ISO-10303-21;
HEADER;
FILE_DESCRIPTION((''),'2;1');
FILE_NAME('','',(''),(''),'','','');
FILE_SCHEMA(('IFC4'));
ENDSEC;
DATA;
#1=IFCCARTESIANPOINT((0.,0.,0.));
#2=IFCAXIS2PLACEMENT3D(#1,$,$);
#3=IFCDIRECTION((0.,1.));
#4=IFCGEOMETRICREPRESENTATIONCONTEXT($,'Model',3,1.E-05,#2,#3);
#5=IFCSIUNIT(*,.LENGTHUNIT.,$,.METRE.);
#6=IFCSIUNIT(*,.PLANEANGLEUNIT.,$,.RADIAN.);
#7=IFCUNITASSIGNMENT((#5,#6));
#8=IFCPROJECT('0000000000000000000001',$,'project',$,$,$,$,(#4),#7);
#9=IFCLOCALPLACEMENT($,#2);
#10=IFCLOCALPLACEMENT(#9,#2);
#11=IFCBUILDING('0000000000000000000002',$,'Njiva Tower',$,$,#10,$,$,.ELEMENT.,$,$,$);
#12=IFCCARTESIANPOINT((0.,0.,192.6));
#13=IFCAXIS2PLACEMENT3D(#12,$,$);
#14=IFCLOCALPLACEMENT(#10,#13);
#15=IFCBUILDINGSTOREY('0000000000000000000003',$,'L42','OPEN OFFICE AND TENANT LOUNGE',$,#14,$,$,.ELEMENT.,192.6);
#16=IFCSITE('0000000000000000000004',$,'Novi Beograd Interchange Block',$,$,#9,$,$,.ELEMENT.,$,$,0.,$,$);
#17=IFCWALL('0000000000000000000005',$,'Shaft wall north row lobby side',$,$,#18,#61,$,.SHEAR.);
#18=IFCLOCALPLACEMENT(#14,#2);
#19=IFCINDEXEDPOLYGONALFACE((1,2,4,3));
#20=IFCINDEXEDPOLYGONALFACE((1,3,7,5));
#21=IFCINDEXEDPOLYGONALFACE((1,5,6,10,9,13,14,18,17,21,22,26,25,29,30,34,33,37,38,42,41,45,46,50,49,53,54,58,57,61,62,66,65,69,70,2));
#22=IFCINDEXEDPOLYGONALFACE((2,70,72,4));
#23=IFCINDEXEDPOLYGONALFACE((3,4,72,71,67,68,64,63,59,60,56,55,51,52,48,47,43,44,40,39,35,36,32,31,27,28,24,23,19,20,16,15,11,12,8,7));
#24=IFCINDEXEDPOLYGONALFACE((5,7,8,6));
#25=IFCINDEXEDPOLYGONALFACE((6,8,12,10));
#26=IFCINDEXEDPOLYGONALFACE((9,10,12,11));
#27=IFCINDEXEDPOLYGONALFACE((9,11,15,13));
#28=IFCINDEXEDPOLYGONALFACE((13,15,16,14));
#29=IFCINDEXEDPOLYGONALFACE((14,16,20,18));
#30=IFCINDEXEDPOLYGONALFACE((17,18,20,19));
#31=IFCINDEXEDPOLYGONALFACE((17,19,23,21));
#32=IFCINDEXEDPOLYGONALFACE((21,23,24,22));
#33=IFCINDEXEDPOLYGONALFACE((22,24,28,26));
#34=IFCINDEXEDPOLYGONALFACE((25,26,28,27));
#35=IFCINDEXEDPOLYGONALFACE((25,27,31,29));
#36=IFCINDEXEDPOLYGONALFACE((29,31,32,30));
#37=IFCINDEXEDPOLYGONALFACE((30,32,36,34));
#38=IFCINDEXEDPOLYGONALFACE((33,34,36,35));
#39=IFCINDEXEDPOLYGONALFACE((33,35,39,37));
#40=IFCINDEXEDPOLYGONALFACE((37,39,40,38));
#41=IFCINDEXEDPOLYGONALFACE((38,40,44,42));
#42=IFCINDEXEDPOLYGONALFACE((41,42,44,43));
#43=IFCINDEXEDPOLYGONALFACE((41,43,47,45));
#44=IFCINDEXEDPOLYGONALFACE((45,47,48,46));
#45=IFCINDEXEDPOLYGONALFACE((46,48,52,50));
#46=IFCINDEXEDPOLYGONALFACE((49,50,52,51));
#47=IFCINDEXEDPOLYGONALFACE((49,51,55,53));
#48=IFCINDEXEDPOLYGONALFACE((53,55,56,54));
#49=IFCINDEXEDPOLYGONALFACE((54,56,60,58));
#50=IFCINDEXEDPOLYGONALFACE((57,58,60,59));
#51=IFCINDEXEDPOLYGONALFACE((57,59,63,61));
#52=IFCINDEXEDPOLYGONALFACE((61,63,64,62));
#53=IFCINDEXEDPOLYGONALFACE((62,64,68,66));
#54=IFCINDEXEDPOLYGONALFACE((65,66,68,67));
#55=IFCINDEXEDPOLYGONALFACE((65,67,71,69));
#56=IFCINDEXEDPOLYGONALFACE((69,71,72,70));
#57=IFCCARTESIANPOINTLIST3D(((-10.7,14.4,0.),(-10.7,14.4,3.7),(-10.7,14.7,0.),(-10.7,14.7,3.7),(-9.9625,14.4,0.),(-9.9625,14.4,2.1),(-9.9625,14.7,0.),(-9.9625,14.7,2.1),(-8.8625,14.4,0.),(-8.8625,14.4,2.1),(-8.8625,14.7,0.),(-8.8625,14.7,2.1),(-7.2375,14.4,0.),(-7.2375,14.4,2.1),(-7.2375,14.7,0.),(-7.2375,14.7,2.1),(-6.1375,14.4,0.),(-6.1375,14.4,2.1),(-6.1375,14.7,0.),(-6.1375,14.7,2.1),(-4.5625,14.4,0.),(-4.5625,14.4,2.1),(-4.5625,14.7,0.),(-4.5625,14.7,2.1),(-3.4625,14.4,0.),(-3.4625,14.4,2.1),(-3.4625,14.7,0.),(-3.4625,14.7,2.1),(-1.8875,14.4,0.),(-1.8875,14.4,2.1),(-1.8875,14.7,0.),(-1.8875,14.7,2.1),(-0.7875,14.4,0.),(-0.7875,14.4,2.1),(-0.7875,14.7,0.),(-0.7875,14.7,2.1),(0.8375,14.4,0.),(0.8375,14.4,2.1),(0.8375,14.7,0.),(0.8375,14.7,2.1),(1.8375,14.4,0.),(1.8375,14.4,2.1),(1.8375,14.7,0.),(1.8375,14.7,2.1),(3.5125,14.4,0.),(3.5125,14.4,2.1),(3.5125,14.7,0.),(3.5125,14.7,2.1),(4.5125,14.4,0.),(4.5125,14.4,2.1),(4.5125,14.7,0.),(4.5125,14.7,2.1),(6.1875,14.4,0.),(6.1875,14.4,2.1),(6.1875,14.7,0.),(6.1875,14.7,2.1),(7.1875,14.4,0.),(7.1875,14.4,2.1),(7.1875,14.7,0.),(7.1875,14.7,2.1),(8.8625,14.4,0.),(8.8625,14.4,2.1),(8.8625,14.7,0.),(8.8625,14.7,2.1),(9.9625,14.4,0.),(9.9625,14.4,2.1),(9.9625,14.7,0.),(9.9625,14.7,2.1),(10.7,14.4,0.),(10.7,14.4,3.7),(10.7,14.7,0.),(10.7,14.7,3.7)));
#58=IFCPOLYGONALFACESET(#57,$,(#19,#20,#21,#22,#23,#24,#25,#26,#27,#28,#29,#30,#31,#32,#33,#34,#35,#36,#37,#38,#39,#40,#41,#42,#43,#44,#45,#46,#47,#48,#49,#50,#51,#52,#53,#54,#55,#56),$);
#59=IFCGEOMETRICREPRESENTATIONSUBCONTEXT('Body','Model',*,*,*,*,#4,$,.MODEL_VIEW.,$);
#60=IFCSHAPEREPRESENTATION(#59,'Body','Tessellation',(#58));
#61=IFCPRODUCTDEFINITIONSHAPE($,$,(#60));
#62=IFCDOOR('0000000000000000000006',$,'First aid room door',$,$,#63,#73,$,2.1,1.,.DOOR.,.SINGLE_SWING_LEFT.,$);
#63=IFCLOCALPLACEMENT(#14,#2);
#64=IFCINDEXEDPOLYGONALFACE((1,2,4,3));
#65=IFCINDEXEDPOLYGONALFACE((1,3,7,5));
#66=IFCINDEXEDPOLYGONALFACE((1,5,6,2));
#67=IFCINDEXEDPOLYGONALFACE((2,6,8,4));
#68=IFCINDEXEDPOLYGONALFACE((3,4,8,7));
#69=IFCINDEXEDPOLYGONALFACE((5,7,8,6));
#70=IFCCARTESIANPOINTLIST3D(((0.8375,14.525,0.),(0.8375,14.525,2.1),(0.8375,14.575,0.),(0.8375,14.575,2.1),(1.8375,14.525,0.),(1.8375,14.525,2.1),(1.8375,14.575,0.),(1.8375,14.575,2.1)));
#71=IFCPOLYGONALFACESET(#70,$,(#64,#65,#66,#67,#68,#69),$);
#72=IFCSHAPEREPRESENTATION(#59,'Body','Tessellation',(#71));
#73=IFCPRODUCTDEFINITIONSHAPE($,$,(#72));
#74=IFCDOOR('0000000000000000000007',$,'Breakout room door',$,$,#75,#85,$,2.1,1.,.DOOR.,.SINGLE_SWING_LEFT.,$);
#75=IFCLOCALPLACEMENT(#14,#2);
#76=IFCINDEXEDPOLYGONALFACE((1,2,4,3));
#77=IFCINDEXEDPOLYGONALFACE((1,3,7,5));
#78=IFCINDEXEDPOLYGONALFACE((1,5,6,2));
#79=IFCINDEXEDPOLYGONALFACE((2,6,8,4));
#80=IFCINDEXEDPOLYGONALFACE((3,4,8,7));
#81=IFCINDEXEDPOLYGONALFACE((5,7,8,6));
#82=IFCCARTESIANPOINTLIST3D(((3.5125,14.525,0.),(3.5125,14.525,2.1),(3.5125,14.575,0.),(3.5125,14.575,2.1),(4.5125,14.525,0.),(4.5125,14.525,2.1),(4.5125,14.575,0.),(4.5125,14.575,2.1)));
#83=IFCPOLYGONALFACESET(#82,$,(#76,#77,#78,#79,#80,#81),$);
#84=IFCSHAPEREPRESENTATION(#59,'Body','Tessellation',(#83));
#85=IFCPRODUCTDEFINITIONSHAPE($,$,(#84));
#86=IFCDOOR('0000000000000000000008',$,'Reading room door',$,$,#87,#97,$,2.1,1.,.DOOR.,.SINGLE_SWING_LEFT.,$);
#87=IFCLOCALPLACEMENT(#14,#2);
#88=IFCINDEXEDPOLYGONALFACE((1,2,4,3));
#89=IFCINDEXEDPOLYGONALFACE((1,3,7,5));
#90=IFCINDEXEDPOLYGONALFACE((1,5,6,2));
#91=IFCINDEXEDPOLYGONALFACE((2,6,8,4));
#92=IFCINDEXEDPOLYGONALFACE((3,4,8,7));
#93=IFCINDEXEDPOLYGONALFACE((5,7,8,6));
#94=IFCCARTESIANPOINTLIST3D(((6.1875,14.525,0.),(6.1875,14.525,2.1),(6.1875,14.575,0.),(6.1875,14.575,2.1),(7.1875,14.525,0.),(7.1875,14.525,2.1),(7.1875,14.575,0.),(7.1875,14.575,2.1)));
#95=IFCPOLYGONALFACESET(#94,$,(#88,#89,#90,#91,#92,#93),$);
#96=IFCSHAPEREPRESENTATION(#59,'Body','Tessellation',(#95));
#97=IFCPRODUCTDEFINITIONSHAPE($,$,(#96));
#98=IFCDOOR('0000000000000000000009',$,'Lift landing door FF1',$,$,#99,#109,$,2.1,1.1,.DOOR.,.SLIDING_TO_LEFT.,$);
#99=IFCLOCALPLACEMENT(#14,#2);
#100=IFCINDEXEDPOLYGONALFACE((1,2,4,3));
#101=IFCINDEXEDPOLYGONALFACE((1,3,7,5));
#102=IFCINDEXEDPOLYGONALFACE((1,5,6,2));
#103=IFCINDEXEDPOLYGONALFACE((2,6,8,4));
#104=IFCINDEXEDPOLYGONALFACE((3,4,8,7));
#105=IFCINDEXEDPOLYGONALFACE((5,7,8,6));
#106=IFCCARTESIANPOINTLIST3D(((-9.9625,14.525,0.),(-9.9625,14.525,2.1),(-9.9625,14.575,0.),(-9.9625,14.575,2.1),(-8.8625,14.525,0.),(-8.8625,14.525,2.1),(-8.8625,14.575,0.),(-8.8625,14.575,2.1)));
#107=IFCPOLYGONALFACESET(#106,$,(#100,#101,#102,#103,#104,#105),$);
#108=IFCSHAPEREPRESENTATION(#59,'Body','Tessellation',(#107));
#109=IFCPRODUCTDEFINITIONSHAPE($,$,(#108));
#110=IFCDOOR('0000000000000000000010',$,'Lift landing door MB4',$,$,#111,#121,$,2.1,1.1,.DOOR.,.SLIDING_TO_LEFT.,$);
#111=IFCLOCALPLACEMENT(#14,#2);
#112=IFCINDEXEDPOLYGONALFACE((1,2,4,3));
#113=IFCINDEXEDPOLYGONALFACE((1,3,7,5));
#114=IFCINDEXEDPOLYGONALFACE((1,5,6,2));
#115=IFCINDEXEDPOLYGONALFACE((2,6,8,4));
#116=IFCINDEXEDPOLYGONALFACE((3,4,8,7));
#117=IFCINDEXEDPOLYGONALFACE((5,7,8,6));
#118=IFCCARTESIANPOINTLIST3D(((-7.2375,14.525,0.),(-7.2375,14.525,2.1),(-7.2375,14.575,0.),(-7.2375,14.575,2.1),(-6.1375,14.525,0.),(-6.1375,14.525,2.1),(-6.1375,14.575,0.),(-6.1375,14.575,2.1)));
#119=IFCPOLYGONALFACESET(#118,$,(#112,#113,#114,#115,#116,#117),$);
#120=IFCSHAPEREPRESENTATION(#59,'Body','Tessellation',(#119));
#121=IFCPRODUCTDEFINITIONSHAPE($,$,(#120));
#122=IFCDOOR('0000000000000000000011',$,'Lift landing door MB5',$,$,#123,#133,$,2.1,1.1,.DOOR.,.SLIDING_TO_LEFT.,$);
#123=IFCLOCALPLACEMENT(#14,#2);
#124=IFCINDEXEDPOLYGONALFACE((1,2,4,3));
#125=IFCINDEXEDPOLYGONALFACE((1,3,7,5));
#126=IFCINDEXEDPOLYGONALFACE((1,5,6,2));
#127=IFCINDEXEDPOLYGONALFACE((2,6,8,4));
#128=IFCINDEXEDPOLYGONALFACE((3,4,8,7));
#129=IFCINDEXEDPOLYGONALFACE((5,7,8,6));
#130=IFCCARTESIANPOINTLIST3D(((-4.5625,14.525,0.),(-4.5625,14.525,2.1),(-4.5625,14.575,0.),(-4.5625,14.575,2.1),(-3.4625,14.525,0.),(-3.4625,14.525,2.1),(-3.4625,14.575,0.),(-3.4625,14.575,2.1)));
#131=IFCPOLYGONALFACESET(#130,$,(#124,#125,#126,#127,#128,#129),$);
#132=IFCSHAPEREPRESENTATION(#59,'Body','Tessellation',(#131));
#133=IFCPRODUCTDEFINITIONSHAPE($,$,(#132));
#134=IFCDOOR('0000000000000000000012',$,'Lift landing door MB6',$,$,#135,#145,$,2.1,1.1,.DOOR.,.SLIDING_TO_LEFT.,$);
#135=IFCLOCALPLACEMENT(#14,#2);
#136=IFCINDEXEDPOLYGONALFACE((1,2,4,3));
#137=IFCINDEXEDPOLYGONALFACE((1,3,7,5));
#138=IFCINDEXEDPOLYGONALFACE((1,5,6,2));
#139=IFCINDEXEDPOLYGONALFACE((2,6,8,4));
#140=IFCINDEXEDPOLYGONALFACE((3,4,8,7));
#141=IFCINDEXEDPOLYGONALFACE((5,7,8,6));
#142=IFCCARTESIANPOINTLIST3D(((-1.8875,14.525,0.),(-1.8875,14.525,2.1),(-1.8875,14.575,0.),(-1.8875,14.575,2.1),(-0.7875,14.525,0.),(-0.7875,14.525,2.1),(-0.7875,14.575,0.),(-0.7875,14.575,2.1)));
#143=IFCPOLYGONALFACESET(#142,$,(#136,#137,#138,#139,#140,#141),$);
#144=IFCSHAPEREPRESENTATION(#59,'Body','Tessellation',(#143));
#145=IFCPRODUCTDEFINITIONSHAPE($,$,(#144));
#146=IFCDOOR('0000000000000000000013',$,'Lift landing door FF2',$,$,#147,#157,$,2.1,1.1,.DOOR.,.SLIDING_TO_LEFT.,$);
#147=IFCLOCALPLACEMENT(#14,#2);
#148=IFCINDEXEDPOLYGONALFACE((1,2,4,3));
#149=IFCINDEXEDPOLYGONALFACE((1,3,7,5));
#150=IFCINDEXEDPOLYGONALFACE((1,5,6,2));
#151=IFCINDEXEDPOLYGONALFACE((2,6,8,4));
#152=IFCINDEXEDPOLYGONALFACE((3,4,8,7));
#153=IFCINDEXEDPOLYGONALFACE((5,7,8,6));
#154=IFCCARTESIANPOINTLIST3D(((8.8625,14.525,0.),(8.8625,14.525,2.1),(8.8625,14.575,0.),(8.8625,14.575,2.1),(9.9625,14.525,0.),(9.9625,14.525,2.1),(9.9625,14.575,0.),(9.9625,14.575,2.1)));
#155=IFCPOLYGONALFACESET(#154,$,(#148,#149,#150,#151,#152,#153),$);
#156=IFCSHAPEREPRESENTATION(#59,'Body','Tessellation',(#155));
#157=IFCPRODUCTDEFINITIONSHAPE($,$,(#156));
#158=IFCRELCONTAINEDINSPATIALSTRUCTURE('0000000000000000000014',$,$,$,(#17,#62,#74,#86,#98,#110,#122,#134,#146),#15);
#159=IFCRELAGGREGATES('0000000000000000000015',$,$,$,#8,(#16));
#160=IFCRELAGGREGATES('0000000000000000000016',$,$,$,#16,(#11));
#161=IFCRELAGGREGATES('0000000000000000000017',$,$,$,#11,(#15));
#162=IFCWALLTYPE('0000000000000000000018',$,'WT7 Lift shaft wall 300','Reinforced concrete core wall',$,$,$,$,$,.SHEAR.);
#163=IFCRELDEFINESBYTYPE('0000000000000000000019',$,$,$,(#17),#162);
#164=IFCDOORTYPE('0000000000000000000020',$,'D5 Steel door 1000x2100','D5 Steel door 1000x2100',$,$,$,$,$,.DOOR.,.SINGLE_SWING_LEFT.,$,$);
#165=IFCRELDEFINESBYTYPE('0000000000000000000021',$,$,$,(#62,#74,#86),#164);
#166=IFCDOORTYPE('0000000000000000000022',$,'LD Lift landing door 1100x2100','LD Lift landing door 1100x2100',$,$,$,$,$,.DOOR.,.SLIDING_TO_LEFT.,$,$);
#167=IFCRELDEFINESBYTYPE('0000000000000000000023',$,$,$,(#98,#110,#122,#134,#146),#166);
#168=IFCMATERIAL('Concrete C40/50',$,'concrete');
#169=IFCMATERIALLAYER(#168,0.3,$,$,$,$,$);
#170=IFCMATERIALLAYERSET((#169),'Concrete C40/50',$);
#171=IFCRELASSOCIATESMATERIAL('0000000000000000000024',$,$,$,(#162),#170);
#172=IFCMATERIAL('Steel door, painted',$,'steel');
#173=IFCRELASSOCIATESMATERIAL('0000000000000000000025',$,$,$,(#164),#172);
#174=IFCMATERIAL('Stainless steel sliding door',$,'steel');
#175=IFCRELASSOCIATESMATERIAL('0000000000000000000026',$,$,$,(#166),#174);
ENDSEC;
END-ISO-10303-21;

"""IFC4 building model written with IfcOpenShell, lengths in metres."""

from ifc_helpers import new_model, si_unit, direction, frame, frame_2d, origin, place, context, subcontext, project, spatial, rectangle, extrude, material, layer, layer_set, type_object, element, fill, save


model = new_model("IFC4")

# Units and contexts
model_context = context("Model", 3, precision=1e-05, world=origin(), true_north=direction((0.0, 1.0)))
body_context = subcontext(model_context, "Body", "Model", "MODEL_VIEW")
ifc_project = project(units=[si_unit("LENGTHUNIT", "METRE"), si_unit("PLANEANGLEUNIT", "RADIAN")], contexts=[model_context])

# Site, building, storey
site_placement = place(None, origin())
site = spatial("IfcSite", under=ifc_project, at=site_placement, Name="Novi Beograd Interchange Block", CompositionType="ELEMENT", RefElevation=0.0)
building_placement = place(site_placement, origin())
building = spatial("IfcBuilding", under=site, at=building_placement, Name="Njiva Tower", CompositionType="ELEMENT")
storey_placement = place(building_placement, frame((0.0, 0.0, 192.6)))
storey = spatial("IfcBuildingStorey", under=building, at=storey_placement, Name="L42", Description="OPEN OFFICE AND TENANT LOUNGE", CompositionType="ELEMENT", Elevation=192.6)

# Wall, openings, doors
ifc_material_1 = material(Name="Concrete C40/50", Category="concrete")
ifc_layer_1 = layer(ifc_material_1, 0.3)
ifc_layer_set_1 = layer_set([ifc_layer_1], Name="Concrete C40/50")
wall_type_1 = type_object("IfcWallType", Name="WT7 Lift shaft wall 300", Description="Reinforced concrete core wall", PredefinedType="SHEAR", material=ifc_layer_set_1)
wall_1_placement = place(storey_placement, frame((-10.7, 14.55, 0.0), z_axis=(0.0, 0.0, 1.0), x_axis=(1.0, 0.0, 0.0)))
wall_1 = element("IfcWall", 1, at=wall_1_placement, inside=storey, type_object=wall_type_1, Name="Shaft wall north row lobby side", PredefinedType="SHEAR", context=body_context, shape_type="SweptSolid", body=[
    extrude(rectangle(XDim=21.4, YDim=0.3, at=frame_2d((10.7, 0.0))), origin(), (0.0, 0.0, 1.0), 3.7),
])
opening_1_placement = place(wall_1_placement, frame((0.7375, 0.0, 0.0)))
opening_1 = element("IfcOpeningElement", 2, at=opening_1_placement, cuts=wall_1, PredefinedType="OPENING", context=body_context, shape_type="SweptSolid", body=[
    extrude(rectangle(XDim=1.1, YDim=2.1, at=frame_2d((0.55, 1.05))), frame((0.0, 0.16, 0.0), z_axis=(0.0, -1.0, 0.0), x_axis=(1.0, 0.0, 0.0)), (0.0, 0.0, 1.0), 0.32),
])
opening_2_placement = place(wall_1_placement, frame((3.4625, 0.0, 0.0)))
opening_2 = element("IfcOpeningElement", 3, at=opening_2_placement, cuts=wall_1, PredefinedType="OPENING", context=body_context, shape_type="SweptSolid", body=[
    extrude(rectangle(XDim=1.1, YDim=2.1, at=frame_2d((0.55, 1.05))), frame((0.0, 0.16, 0.0), z_axis=(0.0, -1.0, 0.0), x_axis=(1.0, 0.0, 0.0)), (0.0, 0.0, 1.0), 0.32),
])
opening_3_placement = place(wall_1_placement, frame((6.1375, 0.0, 0.0)))
opening_3 = element("IfcOpeningElement", 4, at=opening_3_placement, cuts=wall_1, PredefinedType="OPENING", context=body_context, shape_type="SweptSolid", body=[
    extrude(rectangle(XDim=1.1, YDim=2.1, at=frame_2d((0.55, 1.05))), frame((0.0, 0.16, 0.0), z_axis=(0.0, -1.0, 0.0), x_axis=(1.0, 0.0, 0.0)), (0.0, 0.0, 1.0), 0.32),
])
opening_4_placement = place(wall_1_placement, frame((8.8125, 0.0, 0.0)))
opening_4 = element("IfcOpeningElement", 5, at=opening_4_placement, cuts=wall_1, PredefinedType="OPENING", context=body_context, shape_type="SweptSolid", body=[
    extrude(rectangle(XDim=1.1, YDim=2.1, at=frame_2d((0.55, 1.05))), frame((0.0, 0.16, 0.0), z_axis=(0.0, -1.0, 0.0), x_axis=(1.0, 0.0, 0.0)), (0.0, 0.0, 1.0), 0.32),
])
opening_5_placement = place(wall_1_placement, frame((19.5625, 0.0, 0.0)))
opening_5 = element("IfcOpeningElement", 6, at=opening_5_placement, cuts=wall_1, PredefinedType="OPENING", context=body_context, shape_type="SweptSolid", body=[
    extrude(rectangle(XDim=1.1, YDim=2.1, at=frame_2d((0.55, 1.05))), frame((0.0, 0.16, 0.0), z_axis=(0.0, -1.0, 0.0), x_axis=(1.0, 0.0, 0.0)), (0.0, 0.0, 1.0), 0.32),
])
opening_6_placement = place(wall_1_placement, frame((11.5375, 0.0, 0.0)))
opening_6 = element("IfcOpeningElement", 7, at=opening_6_placement, cuts=wall_1, PredefinedType="OPENING", context=body_context, shape_type="SweptSolid", body=[
    extrude(rectangle(XDim=1.0, YDim=2.1, at=frame_2d((0.5, 1.05))), frame((0.0, 0.16, 0.0), z_axis=(0.0, -1.0, 0.0), x_axis=(1.0, 0.0, 0.0)), (0.0, 0.0, 1.0), 0.32),
])
opening_7_placement = place(wall_1_placement, frame((14.2125, 0.0, 0.0)))
opening_7 = element("IfcOpeningElement", 8, at=opening_7_placement, cuts=wall_1, PredefinedType="OPENING", context=body_context, shape_type="SweptSolid", body=[
    extrude(rectangle(XDim=1.0, YDim=2.1, at=frame_2d((0.5, 1.05))), frame((0.0, 0.16, 0.0), z_axis=(0.0, -1.0, 0.0), x_axis=(1.0, 0.0, 0.0)), (0.0, 0.0, 1.0), 0.32),
])
opening_8_placement = place(wall_1_placement, frame((16.8875, 0.0, 0.0)))
opening_8 = element("IfcOpeningElement", 9, at=opening_8_placement, cuts=wall_1, PredefinedType="OPENING", context=body_context, shape_type="SweptSolid", body=[
    extrude(rectangle(XDim=1.0, YDim=2.1, at=frame_2d((0.5, 1.05))), frame((0.0, 0.16, 0.0), z_axis=(0.0, -1.0, 0.0), x_axis=(1.0, 0.0, 0.0)), (0.0, 0.0, 1.0), 0.32),
])
ifc_material_2 = material(Name="Steel door, painted", Category="steel")
door_type_1 = type_object("IfcDoorType", Name="D5 Steel door 1000x2100", Description="D5 Steel door 1000x2100", OperationType="SINGLE_SWING_LEFT", PredefinedType="DOOR", material=ifc_material_2)
door_1_placement = place(opening_6_placement, origin())
door_1 = element("IfcDoor", 10, at=door_1_placement, inside=storey, type_object=door_type_1, Name="First aid room door", OperationType="SINGLE_SWING_LEFT", OverallHeight=2.1, OverallWidth=1.0, PredefinedType="DOOR", context=body_context, shape_type="SweptSolid", body=[
    extrude(rectangle(XDim=1.0, YDim=2.1, at=frame_2d((0.5, 1.05))), frame((0.0, 0.025, 0.0), z_axis=(0.0, -1.0, 0.0), x_axis=(1.0, 0.0, 0.0)), (0.0, 0.0, 1.0), 0.05),
])
fill(opening_6, door_1)
door_2_placement = place(opening_7_placement, origin())
door_2 = element("IfcDoor", 11, at=door_2_placement, inside=storey, type_object=door_type_1, Name="Breakout room door", OperationType="SINGLE_SWING_LEFT", OverallHeight=2.1, OverallWidth=1.0, PredefinedType="DOOR", context=body_context, shape_type="SweptSolid", body=[
    extrude(rectangle(XDim=1.0, YDim=2.1, at=frame_2d((0.5, 1.05))), frame((0.0, 0.025, 0.0), z_axis=(0.0, -1.0, 0.0), x_axis=(1.0, 0.0, 0.0)), (0.0, 0.0, 1.0), 0.05),
])
fill(opening_7, door_2)
door_3_placement = place(opening_8_placement, origin())
door_3 = element("IfcDoor", 12, at=door_3_placement, inside=storey, type_object=door_type_1, Name="Reading room door", OperationType="SINGLE_SWING_LEFT", OverallHeight=2.1, OverallWidth=1.0, PredefinedType="DOOR", context=body_context, shape_type="SweptSolid", body=[
    extrude(rectangle(XDim=1.0, YDim=2.1, at=frame_2d((0.5, 1.05))), frame((0.0, 0.025, 0.0), z_axis=(0.0, -1.0, 0.0), x_axis=(1.0, 0.0, 0.0)), (0.0, 0.0, 1.0), 0.05),
])
fill(opening_8, door_3)
ifc_material_3 = material(Name="Stainless steel sliding door", Category="steel")
door_type_2 = type_object("IfcDoorType", Name="LD Lift landing door 1100x2100", Description="LD Lift landing door 1100x2100", OperationType="SLIDING_TO_LEFT", PredefinedType="DOOR", material=ifc_material_3)
door_4_placement = place(opening_1_placement, origin())
door_4 = element("IfcDoor", 13, at=door_4_placement, inside=storey, type_object=door_type_2, Name="Lift landing door FF1", OperationType="SLIDING_TO_LEFT", OverallHeight=2.1, OverallWidth=1.1, PredefinedType="DOOR", context=body_context, shape_type="SweptSolid", body=[
    extrude(rectangle(XDim=1.1, YDim=2.1, at=frame_2d((0.55, 1.05))), frame((0.0, 0.025, 0.0), z_axis=(0.0, -1.0, 0.0), x_axis=(1.0, 0.0, 0.0)), (0.0, 0.0, 1.0), 0.05),
])
fill(opening_1, door_4)
door_5_placement = place(opening_2_placement, origin())
door_5 = element("IfcDoor", 14, at=door_5_placement, inside=storey, type_object=door_type_2, Name="Lift landing door MB4", OperationType="SLIDING_TO_LEFT", OverallHeight=2.1, OverallWidth=1.1, PredefinedType="DOOR", context=body_context, shape_type="SweptSolid", body=[
    extrude(rectangle(XDim=1.1, YDim=2.1, at=frame_2d((0.55, 1.05))), frame((0.0, 0.025, 0.0), z_axis=(0.0, -1.0, 0.0), x_axis=(1.0, 0.0, 0.0)), (0.0, 0.0, 1.0), 0.05),
])
fill(opening_2, door_5)
door_6_placement = place(opening_3_placement, origin())
door_6 = element("IfcDoor", 15, at=door_6_placement, inside=storey, type_object=door_type_2, Name="Lift landing door MB5", OperationType="SLIDING_TO_LEFT", OverallHeight=2.1, OverallWidth=1.1, PredefinedType="DOOR", context=body_context, shape_type="SweptSolid", body=[
    extrude(rectangle(XDim=1.1, YDim=2.1, at=frame_2d((0.55, 1.05))), frame((0.0, 0.025, 0.0), z_axis=(0.0, -1.0, 0.0), x_axis=(1.0, 0.0, 0.0)), (0.0, 0.0, 1.0), 0.05),
])
fill(opening_3, door_6)
door_7_placement = place(opening_4_placement, origin())
door_7 = element("IfcDoor", 16, at=door_7_placement, inside=storey, type_object=door_type_2, Name="Lift landing door MB6", OperationType="SLIDING_TO_LEFT", OverallHeight=2.1, OverallWidth=1.1, PredefinedType="DOOR", context=body_context, shape_type="SweptSolid", body=[
    extrude(rectangle(XDim=1.1, YDim=2.1, at=frame_2d((0.55, 1.05))), frame((0.0, 0.025, 0.0), z_axis=(0.0, -1.0, 0.0), x_axis=(1.0, 0.0, 0.0)), (0.0, 0.0, 1.0), 0.05),
])
fill(opening_4, door_7)
door_8_placement = place(opening_5_placement, origin())
door_8 = element("IfcDoor", 17, at=door_8_placement, inside=storey, type_object=door_type_2, Name="Lift landing door FF2", OperationType="SLIDING_TO_LEFT", OverallHeight=2.1, OverallWidth=1.1, PredefinedType="DOOR", context=body_context, shape_type="SweptSolid", body=[
    extrude(rectangle(XDim=1.1, YDim=2.1, at=frame_2d((0.55, 1.05))), frame((0.0, 0.025, 0.0), z_axis=(0.0, -1.0, 0.0), x_axis=(1.0, 0.0, 0.0)), (0.0, 0.0, 1.0), 0.05),
])
fill(opening_5, door_8)

save(model, "model.ifc")
